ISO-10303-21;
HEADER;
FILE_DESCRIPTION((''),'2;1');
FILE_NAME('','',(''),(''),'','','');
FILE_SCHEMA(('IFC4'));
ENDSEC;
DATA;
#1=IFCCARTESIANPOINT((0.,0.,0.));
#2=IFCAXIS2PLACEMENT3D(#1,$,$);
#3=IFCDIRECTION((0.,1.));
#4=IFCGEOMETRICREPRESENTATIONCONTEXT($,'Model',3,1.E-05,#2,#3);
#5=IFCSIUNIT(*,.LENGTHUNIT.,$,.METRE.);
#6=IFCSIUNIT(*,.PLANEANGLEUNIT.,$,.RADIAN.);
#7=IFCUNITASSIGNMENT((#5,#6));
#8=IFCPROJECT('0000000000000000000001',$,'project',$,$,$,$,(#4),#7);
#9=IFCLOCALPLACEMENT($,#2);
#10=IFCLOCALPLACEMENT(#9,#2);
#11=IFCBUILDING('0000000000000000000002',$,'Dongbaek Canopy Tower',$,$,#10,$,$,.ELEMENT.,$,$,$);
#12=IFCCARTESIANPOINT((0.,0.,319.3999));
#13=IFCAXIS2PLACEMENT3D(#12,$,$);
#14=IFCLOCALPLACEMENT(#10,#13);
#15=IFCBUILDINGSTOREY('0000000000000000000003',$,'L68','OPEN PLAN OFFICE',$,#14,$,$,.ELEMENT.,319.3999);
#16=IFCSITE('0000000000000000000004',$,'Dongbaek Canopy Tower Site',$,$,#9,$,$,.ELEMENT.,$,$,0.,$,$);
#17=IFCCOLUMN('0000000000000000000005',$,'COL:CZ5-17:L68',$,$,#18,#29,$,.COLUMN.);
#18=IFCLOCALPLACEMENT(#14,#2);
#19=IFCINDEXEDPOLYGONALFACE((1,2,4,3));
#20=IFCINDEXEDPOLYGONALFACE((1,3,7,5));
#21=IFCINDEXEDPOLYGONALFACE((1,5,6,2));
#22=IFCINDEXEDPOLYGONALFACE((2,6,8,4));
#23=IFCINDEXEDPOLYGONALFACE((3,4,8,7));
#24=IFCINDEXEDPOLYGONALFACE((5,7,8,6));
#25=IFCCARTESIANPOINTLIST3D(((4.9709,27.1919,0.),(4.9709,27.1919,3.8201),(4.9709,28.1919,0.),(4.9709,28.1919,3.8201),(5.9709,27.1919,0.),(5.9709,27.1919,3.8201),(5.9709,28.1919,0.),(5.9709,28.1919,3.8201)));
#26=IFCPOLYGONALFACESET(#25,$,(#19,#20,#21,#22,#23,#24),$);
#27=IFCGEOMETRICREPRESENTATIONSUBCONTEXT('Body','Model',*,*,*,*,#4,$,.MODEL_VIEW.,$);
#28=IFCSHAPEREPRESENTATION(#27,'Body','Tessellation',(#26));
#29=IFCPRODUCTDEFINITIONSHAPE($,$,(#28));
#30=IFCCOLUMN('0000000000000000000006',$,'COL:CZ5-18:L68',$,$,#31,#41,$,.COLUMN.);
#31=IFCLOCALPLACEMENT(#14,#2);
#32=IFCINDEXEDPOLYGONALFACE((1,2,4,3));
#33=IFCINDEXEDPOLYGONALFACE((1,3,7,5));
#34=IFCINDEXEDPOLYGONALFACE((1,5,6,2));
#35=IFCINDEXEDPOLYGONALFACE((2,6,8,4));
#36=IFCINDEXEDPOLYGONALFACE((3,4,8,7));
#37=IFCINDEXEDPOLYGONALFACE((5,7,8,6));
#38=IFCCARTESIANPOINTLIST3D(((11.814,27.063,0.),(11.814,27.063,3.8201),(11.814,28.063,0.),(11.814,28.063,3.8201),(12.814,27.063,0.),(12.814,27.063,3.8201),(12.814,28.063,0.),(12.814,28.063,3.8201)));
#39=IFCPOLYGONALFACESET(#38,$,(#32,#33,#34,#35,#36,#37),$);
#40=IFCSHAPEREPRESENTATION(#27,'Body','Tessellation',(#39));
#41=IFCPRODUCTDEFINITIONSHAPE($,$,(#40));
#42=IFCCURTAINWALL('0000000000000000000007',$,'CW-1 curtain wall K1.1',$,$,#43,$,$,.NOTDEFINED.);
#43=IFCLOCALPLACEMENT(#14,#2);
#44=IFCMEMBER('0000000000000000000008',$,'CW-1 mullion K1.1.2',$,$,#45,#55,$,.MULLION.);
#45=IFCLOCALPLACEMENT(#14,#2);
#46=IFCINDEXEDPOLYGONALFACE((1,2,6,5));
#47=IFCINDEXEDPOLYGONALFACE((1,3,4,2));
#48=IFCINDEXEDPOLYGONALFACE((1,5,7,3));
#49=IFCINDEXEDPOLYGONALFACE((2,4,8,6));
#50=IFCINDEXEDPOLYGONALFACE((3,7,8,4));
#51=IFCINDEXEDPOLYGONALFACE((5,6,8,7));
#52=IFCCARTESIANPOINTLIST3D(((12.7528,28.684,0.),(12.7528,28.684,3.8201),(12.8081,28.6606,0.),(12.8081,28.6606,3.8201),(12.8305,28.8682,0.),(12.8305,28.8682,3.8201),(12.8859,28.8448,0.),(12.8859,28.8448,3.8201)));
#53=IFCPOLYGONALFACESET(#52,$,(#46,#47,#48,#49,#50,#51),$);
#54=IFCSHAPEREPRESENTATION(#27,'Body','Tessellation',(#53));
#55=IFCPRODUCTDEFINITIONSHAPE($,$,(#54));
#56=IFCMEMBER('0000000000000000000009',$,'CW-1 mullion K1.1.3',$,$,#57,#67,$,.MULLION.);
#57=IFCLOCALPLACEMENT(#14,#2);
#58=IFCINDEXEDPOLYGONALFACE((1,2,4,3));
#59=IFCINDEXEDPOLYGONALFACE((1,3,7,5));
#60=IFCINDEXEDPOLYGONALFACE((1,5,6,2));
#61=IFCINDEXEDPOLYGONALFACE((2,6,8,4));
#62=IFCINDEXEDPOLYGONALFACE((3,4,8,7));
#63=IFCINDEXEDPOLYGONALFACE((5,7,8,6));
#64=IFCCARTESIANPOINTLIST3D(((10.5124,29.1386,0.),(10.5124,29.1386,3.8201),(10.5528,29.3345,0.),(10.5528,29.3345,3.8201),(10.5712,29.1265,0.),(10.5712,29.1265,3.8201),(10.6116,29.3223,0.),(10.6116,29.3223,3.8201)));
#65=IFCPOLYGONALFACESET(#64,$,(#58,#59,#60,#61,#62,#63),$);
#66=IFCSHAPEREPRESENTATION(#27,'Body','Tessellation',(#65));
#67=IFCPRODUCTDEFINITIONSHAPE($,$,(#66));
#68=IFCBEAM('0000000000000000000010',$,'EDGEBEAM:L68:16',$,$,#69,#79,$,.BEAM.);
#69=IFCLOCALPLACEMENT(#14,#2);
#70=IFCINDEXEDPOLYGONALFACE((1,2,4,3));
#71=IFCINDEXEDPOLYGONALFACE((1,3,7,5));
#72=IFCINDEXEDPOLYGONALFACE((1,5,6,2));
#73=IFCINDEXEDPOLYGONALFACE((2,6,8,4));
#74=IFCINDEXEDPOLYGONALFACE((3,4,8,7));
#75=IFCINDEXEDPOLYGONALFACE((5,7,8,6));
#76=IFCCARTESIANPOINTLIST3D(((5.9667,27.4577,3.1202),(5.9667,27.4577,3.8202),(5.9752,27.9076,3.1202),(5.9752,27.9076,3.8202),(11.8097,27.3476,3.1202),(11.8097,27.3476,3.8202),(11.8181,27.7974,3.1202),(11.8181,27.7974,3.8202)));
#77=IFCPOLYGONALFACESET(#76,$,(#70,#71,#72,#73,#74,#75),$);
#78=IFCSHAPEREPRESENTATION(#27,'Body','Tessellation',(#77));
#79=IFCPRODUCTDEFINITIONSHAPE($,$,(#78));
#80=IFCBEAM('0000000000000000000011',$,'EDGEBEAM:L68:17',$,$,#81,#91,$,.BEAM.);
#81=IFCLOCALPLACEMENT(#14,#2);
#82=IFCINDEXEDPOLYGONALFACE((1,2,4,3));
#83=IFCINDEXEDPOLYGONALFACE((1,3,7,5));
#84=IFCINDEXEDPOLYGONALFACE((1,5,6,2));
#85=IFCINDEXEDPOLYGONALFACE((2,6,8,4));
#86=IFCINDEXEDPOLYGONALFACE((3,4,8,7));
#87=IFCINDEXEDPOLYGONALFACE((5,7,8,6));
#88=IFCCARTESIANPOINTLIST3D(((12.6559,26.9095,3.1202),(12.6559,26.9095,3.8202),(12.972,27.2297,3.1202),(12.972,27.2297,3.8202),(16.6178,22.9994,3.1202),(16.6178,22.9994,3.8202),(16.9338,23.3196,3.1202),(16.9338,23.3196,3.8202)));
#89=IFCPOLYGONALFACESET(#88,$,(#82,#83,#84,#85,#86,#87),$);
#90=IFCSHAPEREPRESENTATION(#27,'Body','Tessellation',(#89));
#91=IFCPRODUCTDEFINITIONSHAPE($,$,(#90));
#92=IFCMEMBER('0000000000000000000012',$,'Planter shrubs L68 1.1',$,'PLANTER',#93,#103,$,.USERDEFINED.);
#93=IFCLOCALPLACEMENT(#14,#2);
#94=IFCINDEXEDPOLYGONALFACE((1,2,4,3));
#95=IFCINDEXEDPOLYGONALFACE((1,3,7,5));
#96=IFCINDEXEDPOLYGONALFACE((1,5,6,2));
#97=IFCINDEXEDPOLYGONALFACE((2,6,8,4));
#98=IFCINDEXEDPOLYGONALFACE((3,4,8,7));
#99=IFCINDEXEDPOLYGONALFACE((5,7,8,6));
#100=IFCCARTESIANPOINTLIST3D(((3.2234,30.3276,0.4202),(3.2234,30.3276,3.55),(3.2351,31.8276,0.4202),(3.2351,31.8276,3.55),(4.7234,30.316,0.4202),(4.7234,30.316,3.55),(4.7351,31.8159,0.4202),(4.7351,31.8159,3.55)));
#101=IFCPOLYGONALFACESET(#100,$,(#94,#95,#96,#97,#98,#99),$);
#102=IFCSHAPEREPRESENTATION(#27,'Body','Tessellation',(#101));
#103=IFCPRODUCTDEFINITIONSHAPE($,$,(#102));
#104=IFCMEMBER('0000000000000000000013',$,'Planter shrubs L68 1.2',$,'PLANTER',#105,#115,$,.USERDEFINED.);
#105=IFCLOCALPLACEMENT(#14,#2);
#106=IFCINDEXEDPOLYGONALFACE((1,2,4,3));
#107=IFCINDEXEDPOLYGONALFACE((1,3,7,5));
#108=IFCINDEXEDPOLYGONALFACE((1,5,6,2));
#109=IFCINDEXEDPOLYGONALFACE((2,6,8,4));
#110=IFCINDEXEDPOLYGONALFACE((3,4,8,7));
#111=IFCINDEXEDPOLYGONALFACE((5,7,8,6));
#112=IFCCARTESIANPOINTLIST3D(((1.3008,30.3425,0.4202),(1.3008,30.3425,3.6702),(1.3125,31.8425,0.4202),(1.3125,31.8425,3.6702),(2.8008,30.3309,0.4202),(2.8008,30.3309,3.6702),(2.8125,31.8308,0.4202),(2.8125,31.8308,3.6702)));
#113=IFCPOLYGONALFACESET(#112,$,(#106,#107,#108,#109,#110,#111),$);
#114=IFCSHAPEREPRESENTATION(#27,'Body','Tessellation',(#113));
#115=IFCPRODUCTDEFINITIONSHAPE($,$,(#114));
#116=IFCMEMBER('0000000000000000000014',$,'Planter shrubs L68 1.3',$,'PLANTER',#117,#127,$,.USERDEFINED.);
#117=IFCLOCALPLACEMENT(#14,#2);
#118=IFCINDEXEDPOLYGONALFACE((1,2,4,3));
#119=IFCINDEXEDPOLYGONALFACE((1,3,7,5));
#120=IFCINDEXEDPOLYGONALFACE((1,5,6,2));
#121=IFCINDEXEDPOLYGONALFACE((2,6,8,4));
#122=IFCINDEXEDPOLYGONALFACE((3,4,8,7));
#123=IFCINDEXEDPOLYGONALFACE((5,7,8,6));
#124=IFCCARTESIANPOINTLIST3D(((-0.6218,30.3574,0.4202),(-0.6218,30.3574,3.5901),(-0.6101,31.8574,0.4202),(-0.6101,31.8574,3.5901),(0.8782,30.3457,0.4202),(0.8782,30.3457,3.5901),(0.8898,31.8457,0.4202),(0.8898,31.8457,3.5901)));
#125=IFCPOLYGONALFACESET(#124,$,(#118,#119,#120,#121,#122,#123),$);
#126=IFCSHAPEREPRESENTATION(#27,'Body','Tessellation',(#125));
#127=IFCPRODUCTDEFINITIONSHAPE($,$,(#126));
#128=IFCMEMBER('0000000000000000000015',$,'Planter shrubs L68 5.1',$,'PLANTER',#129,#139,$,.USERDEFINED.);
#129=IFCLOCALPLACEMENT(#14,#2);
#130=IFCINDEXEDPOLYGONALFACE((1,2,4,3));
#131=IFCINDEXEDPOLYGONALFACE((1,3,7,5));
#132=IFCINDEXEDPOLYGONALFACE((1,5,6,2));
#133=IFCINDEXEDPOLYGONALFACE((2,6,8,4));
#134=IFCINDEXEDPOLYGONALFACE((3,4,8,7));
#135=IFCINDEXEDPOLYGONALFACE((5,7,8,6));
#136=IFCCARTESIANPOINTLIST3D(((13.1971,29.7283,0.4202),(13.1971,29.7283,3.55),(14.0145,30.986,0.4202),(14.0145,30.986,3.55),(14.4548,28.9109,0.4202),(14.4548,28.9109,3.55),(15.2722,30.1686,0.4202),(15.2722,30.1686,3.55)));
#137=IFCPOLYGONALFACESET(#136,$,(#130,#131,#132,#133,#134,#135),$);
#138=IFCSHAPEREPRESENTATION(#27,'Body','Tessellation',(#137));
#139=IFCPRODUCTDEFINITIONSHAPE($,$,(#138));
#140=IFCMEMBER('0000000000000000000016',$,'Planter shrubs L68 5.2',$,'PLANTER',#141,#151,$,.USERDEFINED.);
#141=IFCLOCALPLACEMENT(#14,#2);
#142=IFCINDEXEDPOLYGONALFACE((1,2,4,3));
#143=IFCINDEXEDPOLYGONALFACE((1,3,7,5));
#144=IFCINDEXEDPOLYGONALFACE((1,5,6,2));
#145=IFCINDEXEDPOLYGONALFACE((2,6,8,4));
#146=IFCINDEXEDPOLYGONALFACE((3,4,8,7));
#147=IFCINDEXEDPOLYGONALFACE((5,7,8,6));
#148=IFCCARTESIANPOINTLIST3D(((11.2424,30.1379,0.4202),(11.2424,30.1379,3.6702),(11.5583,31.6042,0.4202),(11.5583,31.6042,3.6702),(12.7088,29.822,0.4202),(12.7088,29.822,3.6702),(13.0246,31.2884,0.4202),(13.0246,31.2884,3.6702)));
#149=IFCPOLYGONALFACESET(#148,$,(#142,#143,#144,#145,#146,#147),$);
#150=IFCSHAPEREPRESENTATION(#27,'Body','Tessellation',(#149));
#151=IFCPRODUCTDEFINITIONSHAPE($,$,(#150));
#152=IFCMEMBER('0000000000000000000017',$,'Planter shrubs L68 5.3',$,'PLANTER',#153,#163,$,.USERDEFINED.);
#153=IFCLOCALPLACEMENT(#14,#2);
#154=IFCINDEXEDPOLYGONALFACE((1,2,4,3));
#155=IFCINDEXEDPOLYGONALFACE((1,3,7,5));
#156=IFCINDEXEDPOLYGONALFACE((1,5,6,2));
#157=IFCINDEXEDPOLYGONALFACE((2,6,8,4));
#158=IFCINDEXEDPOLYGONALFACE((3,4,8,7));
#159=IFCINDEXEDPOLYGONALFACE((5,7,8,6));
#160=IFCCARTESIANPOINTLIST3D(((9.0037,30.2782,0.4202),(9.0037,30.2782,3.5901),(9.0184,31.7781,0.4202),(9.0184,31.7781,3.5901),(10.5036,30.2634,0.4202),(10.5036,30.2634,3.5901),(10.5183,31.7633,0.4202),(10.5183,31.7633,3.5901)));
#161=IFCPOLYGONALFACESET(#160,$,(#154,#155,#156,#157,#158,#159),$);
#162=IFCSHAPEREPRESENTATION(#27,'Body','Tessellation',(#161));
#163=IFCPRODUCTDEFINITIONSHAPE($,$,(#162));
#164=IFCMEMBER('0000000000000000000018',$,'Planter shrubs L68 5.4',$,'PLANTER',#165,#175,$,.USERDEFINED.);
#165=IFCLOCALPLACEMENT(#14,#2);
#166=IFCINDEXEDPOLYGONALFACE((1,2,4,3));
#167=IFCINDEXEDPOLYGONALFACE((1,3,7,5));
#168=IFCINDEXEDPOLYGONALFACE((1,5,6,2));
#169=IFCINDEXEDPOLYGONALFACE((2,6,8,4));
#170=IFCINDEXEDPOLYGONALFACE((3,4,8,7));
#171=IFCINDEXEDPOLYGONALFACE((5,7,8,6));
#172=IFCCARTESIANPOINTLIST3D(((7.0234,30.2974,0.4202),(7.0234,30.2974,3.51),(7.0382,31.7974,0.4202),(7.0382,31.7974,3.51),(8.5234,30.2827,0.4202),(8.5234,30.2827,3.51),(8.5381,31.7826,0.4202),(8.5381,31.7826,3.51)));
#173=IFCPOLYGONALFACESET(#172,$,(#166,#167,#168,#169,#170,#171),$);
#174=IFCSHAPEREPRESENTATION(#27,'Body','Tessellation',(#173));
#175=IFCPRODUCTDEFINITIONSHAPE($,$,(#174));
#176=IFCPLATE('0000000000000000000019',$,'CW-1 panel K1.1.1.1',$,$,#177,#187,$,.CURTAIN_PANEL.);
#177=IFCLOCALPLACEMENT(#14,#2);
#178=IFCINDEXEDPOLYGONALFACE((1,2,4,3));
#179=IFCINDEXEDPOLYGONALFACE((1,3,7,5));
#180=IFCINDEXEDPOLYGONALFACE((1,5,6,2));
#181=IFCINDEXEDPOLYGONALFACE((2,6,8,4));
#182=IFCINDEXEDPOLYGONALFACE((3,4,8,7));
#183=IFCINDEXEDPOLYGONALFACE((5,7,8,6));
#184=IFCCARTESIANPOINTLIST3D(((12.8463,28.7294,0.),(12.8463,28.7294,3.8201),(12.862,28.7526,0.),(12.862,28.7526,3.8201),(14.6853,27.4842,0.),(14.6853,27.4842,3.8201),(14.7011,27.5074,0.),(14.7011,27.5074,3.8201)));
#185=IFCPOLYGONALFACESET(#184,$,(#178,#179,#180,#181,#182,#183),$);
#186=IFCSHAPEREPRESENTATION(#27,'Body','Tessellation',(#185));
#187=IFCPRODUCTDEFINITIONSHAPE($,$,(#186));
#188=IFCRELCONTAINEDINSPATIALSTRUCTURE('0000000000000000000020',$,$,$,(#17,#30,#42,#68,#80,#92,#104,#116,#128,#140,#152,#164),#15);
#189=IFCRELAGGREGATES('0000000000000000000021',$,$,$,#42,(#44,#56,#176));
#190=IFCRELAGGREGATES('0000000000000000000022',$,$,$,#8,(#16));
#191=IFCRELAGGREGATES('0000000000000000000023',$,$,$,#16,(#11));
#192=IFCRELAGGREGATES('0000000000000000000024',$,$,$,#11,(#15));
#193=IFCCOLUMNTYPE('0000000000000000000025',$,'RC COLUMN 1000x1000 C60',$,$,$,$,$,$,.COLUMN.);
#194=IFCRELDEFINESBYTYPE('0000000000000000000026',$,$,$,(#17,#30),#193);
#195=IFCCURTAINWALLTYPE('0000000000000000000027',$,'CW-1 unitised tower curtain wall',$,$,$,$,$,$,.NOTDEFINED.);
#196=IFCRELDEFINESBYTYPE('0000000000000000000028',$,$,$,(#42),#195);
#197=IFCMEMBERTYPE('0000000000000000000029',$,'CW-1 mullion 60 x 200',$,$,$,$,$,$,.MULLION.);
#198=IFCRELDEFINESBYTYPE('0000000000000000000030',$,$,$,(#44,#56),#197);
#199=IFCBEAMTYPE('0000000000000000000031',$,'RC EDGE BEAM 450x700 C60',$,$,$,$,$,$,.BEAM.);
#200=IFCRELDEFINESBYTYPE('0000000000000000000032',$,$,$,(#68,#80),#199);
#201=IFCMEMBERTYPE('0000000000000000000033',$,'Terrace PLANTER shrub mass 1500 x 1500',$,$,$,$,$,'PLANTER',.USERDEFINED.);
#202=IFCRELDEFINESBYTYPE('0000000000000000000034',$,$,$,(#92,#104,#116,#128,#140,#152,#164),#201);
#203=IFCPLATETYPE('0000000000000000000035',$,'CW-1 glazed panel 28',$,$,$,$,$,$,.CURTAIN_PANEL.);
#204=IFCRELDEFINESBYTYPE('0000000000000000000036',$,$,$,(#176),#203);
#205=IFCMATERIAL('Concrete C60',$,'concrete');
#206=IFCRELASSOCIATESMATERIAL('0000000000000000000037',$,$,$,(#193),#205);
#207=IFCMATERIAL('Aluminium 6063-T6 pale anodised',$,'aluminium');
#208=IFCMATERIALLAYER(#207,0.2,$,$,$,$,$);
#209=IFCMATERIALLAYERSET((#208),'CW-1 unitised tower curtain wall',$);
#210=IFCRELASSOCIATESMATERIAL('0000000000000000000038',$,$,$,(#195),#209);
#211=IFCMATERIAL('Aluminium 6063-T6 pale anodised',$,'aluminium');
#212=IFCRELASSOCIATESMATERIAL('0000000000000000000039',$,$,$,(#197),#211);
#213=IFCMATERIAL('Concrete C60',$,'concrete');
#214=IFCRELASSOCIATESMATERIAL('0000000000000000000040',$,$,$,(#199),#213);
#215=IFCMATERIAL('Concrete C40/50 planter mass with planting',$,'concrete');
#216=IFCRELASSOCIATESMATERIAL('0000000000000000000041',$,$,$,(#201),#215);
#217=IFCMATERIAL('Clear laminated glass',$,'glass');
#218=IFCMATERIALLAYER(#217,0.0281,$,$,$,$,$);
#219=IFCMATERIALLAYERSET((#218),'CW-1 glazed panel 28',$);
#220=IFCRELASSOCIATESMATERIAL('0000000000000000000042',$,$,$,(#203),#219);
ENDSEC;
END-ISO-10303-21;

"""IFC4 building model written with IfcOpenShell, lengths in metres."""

from ifc_helpers import new_model, si_unit, direction, frame, origin, origin_2d, place, context, subcontext, project, spatial, rectangle, extrude, material, layer, layer_set, material_profile, profile_set, type_object, element, aggregate, save


model = new_model("IFC4")

# Units and contexts
model_context = context("Model", 3, precision=1e-05, world=origin(), true_north=direction((0.0, 1.0)))
body_context = subcontext(model_context, "Body", "Model", "MODEL_VIEW")
ifc_project = project(units=[si_unit("LENGTHUNIT", "METRE"), si_unit("PLANEANGLEUNIT", "RADIAN")], contexts=[model_context])

# Site, building, storey
site_placement = place(None, origin())
site = spatial("IfcSite", under=ifc_project, at=site_placement, Name="Dongbaek Canopy Tower Site", CompositionType="ELEMENT", RefElevation=0.0)
building_placement = place(site_placement, origin())
building = spatial("IfcBuilding", under=site, at=building_placement, Name="Dongbaek Canopy Tower", CompositionType="ELEMENT")
storey_placement = place(building_placement, frame((0.0, 0.0, 319.3999)))
storey = spatial("IfcBuildingStorey", under=building, at=storey_placement, Name="L68", Description="OPEN PLAN OFFICE", CompositionType="ELEMENT", Elevation=319.3999)

# Columns
ifc_material_1 = material(Name="Concrete C60", Category="concrete")
ifc_material_profile_1 = material_profile(ifc_material_1, rectangle(XDim=1.0, YDim=1.0, at=origin_2d()), Name="RC COLUMN 1000x1000 C60")
ifc_profile_set_1 = profile_set([ifc_material_profile_1], Name="Concrete C60")
column_type = type_object("IfcColumnType", Name="RC COLUMN 1000x1000 C60", PredefinedType="COLUMN", material=ifc_profile_set_1)
for number, where, z_axis, x_axis, name in (
    (1, (5.4709, 27.6919, 0.0), (0.0, 0.0, 1.0), (1.0, 0.0, 0.0), "COL:CZ5-17:L68"),
    (2, (12.314, 27.563, 0.0), (0.0, 0.0, 1.0), (1.0, 0.0, 0.0), "COL:CZ5-18:L68"),
):
    element("IfcColumn", number, at=place(storey_placement, frame(where, z_axis=z_axis, x_axis=x_axis)), inside=storey, type_object=column_type, Name=name, PredefinedType="COLUMN", context=body_context, shape_type="SweptSolid", body=[
        extrude(rectangle(XDim=1.0, YDim=1.0, at=origin_2d()), origin(), (0.0, 0.0, 1.0), 3.8201),
    ])

# Curtain wall, members
ifc_material_2 = material(Name="Aluminium 6063-T6 pale anodised", Category="aluminium")
ifc_layer_1 = layer(ifc_material_2, 0.2)
ifc_layer_set_1 = layer_set([ifc_layer_1], Name="CW-1 unitised tower curtain wall")
curtain_wall_type = type_object("IfcCurtainWallType", Name="CW-1 unitised tower curtain wall", PredefinedType="NOTDEFINED", material=ifc_layer_set_1)
curtain_wall_placement = place(storey_placement, origin())
curtain_wall = element("IfcCurtainWall", 3, at=curtain_wall_placement, inside=storey, type_object=curtain_wall_type, Name="CW-1 curtain wall K1.1", PredefinedType="NOTDEFINED")
ifc_material_3 = material(Name="Aluminium 6063-T6 pale anodised", Category="aluminium")
ifc_material_profile_2 = material_profile(ifc_material_3, rectangle(XDim=0.2, YDim=0.0601, at=origin_2d()), Name="CW-1 mullion 60 x 200")
ifc_profile_set_2 = profile_set([ifc_material_profile_2], Name="Aluminium 6063-T6 pale anodised")
member_type_1 = type_object("IfcMemberType", Name="CW-1 mullion 60 x 200", PredefinedType="MULLION", material=ifc_profile_set_2)
member_1_placement = place(storey_placement, frame((12.8193, 28.7644, 0.0), z_axis=(0.0, 0.0, 1.0), x_axis=(0.388843, 0.921304, 0.0)))
member_1 = element("IfcMember", 4, at=member_1_placement, type_object=member_type_1, Name="CW-1 mullion K1.1.2", PredefinedType="MULLION", context=body_context, shape_type="SweptSolid", body=[
    extrude(rectangle(XDim=0.2, YDim=0.0601, at=origin_2d()), origin(), (0.0, 0.0, 1.0), 3.8201),
])
member_2_placement = place(storey_placement, frame((10.562, 29.2305, 0.0), z_axis=(0.0, 0.0, 1.0), x_axis=(0.202175, 0.979349, 0.0)))
member_2 = element("IfcMember", 5, at=member_2_placement, type_object=member_type_1, Name="CW-1 mullion K1.1.3", PredefinedType="MULLION", context=body_context, shape_type="SweptSolid", body=[
    extrude(rectangle(XDim=0.2, YDim=0.0601, at=origin_2d()), origin(), (0.0, 0.0, 1.0), 3.8201),
])

# Beams
ifc_material_4 = material(Name="Concrete C60", Category="concrete")
ifc_material_profile_3 = material_profile(ifc_material_4, rectangle(XDim=0.45, YDim=0.7, at=origin_2d()), Name="RC EDGE BEAM 450x700 C60")
ifc_profile_set_3 = profile_set([ifc_material_profile_3], Name="Concrete C60")
beam_type = type_object("IfcBeamType", Name="RC EDGE BEAM 450x700 C60", PredefinedType="BEAM", material=ifc_profile_set_3)
beam_1_placement = place(storey_placement, frame((5.9709, 27.6826, 3.4702), z_axis=(0.999822, -0.018841, 0.0), x_axis=(0.018841, 0.999822, 0.0)))
element("IfcBeam", 6, at=beam_1_placement, inside=storey, type_object=beam_type, Name="EDGEBEAM:L68:16", PredefinedType="BEAM", context=body_context, shape_type="SweptSolid", body=[
    extrude(rectangle(XDim=0.45, YDim=0.7, at=origin_2d()), origin(), (0.0, 0.0, 1.0), 5.844),
])
beam_2_placement = place(storey_placement, frame((12.814, 27.0696, 3.4702), z_axis=(0.711741, -0.702442, 0.0), x_axis=(0.702442, 0.711741, 0.0)))
element("IfcBeam", 7, at=beam_2_placement, inside=storey, type_object=beam_type, Name="EDGEBEAM:L68:17", PredefinedType="BEAM", context=body_context, shape_type="SweptSolid", body=[
    extrude(rectangle(XDim=0.45, YDim=0.7, at=origin_2d()), origin(), (0.0, 0.0, 1.0), 5.5664),
])

# Members
ifc_material_5 = material(Name="Concrete C40/50 planter mass with planting", Category="concrete")
ifc_material_profile_4 = material_profile(ifc_material_5, rectangle(XDim=1.5, YDim=1.5, at=origin_2d()), Name="Terrace PLANTER shrub mass 1500 x 1500")
ifc_profile_set_4 = profile_set([ifc_material_profile_4], Name="Concrete C40/50 planter mass with planting")
member_type_2 = type_object("IfcMemberType", Name="Terrace PLANTER shrub mass 1500 x 1500", ElementType="PLANTER", PredefinedType="USERDEFINED", material=ifc_profile_set_4)
member_3_placement = place(storey_placement, frame((3.9792, 31.0718, 0.4202), z_axis=(0.0, 0.0, 1.0), x_axis=(0.007782, 0.99997, 0.0)))
element("IfcMember", 8, at=member_3_placement, inside=storey, type_object=member_type_2, Name="Planter shrubs L68 1.1", ObjectType="PLANTER", PredefinedType="USERDEFINED", context=body_context, shape_type="SweptSolid", body=[
    extrude(rectangle(XDim=1.5, YDim=1.5, at=origin_2d()), origin(), (0.0, 0.0, 1.0), 3.1299),
])
member_4_placement = place(storey_placement, frame((2.0566, 31.0867, 0.4202), z_axis=(0.0, 0.0, 1.0), x_axis=(0.007782, 0.99997, 0.0)))
element("IfcMember", 9, at=member_4_placement, inside=storey, type_object=member_type_2, Name="Planter shrubs L68 1.2", ObjectType="PLANTER", PredefinedType="USERDEFINED", context=body_context, shape_type="SweptSolid", body=[
    extrude(rectangle(XDim=1.5, YDim=1.5, at=origin_2d()), origin(), (0.0, 0.0, 1.0), 3.25),
])
member_5_placement = place(storey_placement, frame((0.134, 31.1016, 0.4202), z_axis=(0.0, 0.0, 1.0), x_axis=(0.007782, 0.99997, 0.0)))
element("IfcMember", 10, at=member_5_placement, inside=storey, type_object=member_type_2, Name="Planter shrubs L68 1.3", ObjectType="PLANTER", PredefinedType="USERDEFINED", context=body_context, shape_type="SweptSolid", body=[
    extrude(rectangle(XDim=1.5, YDim=1.5, at=origin_2d()), origin(), (0.0, 0.0, 1.0), 3.1699),
])
member_6_placement = place(storey_placement, frame((14.2346, 29.9485, 0.4202), z_axis=(0.0, 0.0, 1.0), x_axis=(0.544949, 0.838469, 0.0)))
element("IfcMember", 11, at=member_6_placement, inside=storey, type_object=member_type_2, Name="Planter shrubs L68 5.1", ObjectType="PLANTER", PredefinedType="USERDEFINED", context=body_context, shape_type="SweptSolid", body=[
    extrude(rectangle(XDim=1.5, YDim=1.5, at=origin_2d()), origin(), (0.0, 0.0, 1.0), 3.1299),
])
member_7_placement = place(storey_placement, frame((12.1335, 30.7131, 0.4202), z_axis=(0.0, 0.0, 1.0), x_axis=(0.210546, 0.977584, 0.0)))
element("IfcMember", 12, at=member_7_placement, inside=storey, type_object=member_type_2, Name="Planter shrubs L68 5.2", ObjectType="PLANTER", PredefinedType="USERDEFINED", context=body_context, shape_type="SweptSolid", body=[
    extrude(rectangle(XDim=1.5, YDim=1.5, at=origin_2d()), origin(), (0.0, 0.0, 1.0), 3.25),
])
member_8_placement = place(storey_placement, frame((9.761, 31.0208, 0.4202), z_axis=(0.0, 0.0, 1.0), x_axis=(0.009825, 0.999952, 0.0)))
element("IfcMember", 13, at=member_8_placement, inside=storey, type_object=member_type_2, Name="Planter shrubs L68 5.3", ObjectType="PLANTER", PredefinedType="USERDEFINED", context=body_context, shape_type="SweptSolid", body=[
    extrude(rectangle(XDim=1.5, YDim=1.5, at=origin_2d()), origin(), (0.0, 0.0, 1.0), 3.1699),
])
member_9_placement = place(storey_placement, frame((7.7808, 31.04, 0.4202), z_axis=(0.0, 0.0, 1.0), x_axis=(0.009825, 0.999952, 0.0)))
element("IfcMember", 14, at=member_9_placement, inside=storey, type_object=member_type_2, Name="Planter shrubs L68 5.4", ObjectType="PLANTER", PredefinedType="USERDEFINED", context=body_context, shape_type="SweptSolid", body=[
    extrude(rectangle(XDim=1.5, YDim=1.5, at=origin_2d()), origin(), (0.0, 0.0, 1.0), 3.0898),
])

# Plate
ifc_material_6 = material(Name="Clear laminated glass", Category="glass")
ifc_layer_2 = layer(ifc_material_6, 0.0281)
ifc_layer_set_2 = layer_set([ifc_layer_2], Name="CW-1 glazed panel 28")
plate_type = type_object("IfcPlateType", Name="CW-1 glazed panel 28", PredefinedType="CURTAIN_PANEL", material=ifc_layer_set_2)
plate_1_placement = place(storey_placement, frame((13.7737, 28.1184, 0.0), z_axis=(0.0, 0.0, 1.0), x_axis=(-0.828052, 0.560652, 0.0)))
plate_1 = element("IfcPlate", 15, at=plate_1_placement, type_object=plate_type, Name="CW-1 panel K1.1.1.1", PredefinedType="CURTAIN_PANEL", context=body_context, shape_type="SweptSolid", body=[
    extrude(rectangle(XDim=2.2209, YDim=0.0281, at=origin_2d()), origin(), (0.0, 0.0, 1.0), 3.8201),
])
aggregate(curtain_wall, [member_1, member_2, plate_1])

save(model, "model.ifc")
